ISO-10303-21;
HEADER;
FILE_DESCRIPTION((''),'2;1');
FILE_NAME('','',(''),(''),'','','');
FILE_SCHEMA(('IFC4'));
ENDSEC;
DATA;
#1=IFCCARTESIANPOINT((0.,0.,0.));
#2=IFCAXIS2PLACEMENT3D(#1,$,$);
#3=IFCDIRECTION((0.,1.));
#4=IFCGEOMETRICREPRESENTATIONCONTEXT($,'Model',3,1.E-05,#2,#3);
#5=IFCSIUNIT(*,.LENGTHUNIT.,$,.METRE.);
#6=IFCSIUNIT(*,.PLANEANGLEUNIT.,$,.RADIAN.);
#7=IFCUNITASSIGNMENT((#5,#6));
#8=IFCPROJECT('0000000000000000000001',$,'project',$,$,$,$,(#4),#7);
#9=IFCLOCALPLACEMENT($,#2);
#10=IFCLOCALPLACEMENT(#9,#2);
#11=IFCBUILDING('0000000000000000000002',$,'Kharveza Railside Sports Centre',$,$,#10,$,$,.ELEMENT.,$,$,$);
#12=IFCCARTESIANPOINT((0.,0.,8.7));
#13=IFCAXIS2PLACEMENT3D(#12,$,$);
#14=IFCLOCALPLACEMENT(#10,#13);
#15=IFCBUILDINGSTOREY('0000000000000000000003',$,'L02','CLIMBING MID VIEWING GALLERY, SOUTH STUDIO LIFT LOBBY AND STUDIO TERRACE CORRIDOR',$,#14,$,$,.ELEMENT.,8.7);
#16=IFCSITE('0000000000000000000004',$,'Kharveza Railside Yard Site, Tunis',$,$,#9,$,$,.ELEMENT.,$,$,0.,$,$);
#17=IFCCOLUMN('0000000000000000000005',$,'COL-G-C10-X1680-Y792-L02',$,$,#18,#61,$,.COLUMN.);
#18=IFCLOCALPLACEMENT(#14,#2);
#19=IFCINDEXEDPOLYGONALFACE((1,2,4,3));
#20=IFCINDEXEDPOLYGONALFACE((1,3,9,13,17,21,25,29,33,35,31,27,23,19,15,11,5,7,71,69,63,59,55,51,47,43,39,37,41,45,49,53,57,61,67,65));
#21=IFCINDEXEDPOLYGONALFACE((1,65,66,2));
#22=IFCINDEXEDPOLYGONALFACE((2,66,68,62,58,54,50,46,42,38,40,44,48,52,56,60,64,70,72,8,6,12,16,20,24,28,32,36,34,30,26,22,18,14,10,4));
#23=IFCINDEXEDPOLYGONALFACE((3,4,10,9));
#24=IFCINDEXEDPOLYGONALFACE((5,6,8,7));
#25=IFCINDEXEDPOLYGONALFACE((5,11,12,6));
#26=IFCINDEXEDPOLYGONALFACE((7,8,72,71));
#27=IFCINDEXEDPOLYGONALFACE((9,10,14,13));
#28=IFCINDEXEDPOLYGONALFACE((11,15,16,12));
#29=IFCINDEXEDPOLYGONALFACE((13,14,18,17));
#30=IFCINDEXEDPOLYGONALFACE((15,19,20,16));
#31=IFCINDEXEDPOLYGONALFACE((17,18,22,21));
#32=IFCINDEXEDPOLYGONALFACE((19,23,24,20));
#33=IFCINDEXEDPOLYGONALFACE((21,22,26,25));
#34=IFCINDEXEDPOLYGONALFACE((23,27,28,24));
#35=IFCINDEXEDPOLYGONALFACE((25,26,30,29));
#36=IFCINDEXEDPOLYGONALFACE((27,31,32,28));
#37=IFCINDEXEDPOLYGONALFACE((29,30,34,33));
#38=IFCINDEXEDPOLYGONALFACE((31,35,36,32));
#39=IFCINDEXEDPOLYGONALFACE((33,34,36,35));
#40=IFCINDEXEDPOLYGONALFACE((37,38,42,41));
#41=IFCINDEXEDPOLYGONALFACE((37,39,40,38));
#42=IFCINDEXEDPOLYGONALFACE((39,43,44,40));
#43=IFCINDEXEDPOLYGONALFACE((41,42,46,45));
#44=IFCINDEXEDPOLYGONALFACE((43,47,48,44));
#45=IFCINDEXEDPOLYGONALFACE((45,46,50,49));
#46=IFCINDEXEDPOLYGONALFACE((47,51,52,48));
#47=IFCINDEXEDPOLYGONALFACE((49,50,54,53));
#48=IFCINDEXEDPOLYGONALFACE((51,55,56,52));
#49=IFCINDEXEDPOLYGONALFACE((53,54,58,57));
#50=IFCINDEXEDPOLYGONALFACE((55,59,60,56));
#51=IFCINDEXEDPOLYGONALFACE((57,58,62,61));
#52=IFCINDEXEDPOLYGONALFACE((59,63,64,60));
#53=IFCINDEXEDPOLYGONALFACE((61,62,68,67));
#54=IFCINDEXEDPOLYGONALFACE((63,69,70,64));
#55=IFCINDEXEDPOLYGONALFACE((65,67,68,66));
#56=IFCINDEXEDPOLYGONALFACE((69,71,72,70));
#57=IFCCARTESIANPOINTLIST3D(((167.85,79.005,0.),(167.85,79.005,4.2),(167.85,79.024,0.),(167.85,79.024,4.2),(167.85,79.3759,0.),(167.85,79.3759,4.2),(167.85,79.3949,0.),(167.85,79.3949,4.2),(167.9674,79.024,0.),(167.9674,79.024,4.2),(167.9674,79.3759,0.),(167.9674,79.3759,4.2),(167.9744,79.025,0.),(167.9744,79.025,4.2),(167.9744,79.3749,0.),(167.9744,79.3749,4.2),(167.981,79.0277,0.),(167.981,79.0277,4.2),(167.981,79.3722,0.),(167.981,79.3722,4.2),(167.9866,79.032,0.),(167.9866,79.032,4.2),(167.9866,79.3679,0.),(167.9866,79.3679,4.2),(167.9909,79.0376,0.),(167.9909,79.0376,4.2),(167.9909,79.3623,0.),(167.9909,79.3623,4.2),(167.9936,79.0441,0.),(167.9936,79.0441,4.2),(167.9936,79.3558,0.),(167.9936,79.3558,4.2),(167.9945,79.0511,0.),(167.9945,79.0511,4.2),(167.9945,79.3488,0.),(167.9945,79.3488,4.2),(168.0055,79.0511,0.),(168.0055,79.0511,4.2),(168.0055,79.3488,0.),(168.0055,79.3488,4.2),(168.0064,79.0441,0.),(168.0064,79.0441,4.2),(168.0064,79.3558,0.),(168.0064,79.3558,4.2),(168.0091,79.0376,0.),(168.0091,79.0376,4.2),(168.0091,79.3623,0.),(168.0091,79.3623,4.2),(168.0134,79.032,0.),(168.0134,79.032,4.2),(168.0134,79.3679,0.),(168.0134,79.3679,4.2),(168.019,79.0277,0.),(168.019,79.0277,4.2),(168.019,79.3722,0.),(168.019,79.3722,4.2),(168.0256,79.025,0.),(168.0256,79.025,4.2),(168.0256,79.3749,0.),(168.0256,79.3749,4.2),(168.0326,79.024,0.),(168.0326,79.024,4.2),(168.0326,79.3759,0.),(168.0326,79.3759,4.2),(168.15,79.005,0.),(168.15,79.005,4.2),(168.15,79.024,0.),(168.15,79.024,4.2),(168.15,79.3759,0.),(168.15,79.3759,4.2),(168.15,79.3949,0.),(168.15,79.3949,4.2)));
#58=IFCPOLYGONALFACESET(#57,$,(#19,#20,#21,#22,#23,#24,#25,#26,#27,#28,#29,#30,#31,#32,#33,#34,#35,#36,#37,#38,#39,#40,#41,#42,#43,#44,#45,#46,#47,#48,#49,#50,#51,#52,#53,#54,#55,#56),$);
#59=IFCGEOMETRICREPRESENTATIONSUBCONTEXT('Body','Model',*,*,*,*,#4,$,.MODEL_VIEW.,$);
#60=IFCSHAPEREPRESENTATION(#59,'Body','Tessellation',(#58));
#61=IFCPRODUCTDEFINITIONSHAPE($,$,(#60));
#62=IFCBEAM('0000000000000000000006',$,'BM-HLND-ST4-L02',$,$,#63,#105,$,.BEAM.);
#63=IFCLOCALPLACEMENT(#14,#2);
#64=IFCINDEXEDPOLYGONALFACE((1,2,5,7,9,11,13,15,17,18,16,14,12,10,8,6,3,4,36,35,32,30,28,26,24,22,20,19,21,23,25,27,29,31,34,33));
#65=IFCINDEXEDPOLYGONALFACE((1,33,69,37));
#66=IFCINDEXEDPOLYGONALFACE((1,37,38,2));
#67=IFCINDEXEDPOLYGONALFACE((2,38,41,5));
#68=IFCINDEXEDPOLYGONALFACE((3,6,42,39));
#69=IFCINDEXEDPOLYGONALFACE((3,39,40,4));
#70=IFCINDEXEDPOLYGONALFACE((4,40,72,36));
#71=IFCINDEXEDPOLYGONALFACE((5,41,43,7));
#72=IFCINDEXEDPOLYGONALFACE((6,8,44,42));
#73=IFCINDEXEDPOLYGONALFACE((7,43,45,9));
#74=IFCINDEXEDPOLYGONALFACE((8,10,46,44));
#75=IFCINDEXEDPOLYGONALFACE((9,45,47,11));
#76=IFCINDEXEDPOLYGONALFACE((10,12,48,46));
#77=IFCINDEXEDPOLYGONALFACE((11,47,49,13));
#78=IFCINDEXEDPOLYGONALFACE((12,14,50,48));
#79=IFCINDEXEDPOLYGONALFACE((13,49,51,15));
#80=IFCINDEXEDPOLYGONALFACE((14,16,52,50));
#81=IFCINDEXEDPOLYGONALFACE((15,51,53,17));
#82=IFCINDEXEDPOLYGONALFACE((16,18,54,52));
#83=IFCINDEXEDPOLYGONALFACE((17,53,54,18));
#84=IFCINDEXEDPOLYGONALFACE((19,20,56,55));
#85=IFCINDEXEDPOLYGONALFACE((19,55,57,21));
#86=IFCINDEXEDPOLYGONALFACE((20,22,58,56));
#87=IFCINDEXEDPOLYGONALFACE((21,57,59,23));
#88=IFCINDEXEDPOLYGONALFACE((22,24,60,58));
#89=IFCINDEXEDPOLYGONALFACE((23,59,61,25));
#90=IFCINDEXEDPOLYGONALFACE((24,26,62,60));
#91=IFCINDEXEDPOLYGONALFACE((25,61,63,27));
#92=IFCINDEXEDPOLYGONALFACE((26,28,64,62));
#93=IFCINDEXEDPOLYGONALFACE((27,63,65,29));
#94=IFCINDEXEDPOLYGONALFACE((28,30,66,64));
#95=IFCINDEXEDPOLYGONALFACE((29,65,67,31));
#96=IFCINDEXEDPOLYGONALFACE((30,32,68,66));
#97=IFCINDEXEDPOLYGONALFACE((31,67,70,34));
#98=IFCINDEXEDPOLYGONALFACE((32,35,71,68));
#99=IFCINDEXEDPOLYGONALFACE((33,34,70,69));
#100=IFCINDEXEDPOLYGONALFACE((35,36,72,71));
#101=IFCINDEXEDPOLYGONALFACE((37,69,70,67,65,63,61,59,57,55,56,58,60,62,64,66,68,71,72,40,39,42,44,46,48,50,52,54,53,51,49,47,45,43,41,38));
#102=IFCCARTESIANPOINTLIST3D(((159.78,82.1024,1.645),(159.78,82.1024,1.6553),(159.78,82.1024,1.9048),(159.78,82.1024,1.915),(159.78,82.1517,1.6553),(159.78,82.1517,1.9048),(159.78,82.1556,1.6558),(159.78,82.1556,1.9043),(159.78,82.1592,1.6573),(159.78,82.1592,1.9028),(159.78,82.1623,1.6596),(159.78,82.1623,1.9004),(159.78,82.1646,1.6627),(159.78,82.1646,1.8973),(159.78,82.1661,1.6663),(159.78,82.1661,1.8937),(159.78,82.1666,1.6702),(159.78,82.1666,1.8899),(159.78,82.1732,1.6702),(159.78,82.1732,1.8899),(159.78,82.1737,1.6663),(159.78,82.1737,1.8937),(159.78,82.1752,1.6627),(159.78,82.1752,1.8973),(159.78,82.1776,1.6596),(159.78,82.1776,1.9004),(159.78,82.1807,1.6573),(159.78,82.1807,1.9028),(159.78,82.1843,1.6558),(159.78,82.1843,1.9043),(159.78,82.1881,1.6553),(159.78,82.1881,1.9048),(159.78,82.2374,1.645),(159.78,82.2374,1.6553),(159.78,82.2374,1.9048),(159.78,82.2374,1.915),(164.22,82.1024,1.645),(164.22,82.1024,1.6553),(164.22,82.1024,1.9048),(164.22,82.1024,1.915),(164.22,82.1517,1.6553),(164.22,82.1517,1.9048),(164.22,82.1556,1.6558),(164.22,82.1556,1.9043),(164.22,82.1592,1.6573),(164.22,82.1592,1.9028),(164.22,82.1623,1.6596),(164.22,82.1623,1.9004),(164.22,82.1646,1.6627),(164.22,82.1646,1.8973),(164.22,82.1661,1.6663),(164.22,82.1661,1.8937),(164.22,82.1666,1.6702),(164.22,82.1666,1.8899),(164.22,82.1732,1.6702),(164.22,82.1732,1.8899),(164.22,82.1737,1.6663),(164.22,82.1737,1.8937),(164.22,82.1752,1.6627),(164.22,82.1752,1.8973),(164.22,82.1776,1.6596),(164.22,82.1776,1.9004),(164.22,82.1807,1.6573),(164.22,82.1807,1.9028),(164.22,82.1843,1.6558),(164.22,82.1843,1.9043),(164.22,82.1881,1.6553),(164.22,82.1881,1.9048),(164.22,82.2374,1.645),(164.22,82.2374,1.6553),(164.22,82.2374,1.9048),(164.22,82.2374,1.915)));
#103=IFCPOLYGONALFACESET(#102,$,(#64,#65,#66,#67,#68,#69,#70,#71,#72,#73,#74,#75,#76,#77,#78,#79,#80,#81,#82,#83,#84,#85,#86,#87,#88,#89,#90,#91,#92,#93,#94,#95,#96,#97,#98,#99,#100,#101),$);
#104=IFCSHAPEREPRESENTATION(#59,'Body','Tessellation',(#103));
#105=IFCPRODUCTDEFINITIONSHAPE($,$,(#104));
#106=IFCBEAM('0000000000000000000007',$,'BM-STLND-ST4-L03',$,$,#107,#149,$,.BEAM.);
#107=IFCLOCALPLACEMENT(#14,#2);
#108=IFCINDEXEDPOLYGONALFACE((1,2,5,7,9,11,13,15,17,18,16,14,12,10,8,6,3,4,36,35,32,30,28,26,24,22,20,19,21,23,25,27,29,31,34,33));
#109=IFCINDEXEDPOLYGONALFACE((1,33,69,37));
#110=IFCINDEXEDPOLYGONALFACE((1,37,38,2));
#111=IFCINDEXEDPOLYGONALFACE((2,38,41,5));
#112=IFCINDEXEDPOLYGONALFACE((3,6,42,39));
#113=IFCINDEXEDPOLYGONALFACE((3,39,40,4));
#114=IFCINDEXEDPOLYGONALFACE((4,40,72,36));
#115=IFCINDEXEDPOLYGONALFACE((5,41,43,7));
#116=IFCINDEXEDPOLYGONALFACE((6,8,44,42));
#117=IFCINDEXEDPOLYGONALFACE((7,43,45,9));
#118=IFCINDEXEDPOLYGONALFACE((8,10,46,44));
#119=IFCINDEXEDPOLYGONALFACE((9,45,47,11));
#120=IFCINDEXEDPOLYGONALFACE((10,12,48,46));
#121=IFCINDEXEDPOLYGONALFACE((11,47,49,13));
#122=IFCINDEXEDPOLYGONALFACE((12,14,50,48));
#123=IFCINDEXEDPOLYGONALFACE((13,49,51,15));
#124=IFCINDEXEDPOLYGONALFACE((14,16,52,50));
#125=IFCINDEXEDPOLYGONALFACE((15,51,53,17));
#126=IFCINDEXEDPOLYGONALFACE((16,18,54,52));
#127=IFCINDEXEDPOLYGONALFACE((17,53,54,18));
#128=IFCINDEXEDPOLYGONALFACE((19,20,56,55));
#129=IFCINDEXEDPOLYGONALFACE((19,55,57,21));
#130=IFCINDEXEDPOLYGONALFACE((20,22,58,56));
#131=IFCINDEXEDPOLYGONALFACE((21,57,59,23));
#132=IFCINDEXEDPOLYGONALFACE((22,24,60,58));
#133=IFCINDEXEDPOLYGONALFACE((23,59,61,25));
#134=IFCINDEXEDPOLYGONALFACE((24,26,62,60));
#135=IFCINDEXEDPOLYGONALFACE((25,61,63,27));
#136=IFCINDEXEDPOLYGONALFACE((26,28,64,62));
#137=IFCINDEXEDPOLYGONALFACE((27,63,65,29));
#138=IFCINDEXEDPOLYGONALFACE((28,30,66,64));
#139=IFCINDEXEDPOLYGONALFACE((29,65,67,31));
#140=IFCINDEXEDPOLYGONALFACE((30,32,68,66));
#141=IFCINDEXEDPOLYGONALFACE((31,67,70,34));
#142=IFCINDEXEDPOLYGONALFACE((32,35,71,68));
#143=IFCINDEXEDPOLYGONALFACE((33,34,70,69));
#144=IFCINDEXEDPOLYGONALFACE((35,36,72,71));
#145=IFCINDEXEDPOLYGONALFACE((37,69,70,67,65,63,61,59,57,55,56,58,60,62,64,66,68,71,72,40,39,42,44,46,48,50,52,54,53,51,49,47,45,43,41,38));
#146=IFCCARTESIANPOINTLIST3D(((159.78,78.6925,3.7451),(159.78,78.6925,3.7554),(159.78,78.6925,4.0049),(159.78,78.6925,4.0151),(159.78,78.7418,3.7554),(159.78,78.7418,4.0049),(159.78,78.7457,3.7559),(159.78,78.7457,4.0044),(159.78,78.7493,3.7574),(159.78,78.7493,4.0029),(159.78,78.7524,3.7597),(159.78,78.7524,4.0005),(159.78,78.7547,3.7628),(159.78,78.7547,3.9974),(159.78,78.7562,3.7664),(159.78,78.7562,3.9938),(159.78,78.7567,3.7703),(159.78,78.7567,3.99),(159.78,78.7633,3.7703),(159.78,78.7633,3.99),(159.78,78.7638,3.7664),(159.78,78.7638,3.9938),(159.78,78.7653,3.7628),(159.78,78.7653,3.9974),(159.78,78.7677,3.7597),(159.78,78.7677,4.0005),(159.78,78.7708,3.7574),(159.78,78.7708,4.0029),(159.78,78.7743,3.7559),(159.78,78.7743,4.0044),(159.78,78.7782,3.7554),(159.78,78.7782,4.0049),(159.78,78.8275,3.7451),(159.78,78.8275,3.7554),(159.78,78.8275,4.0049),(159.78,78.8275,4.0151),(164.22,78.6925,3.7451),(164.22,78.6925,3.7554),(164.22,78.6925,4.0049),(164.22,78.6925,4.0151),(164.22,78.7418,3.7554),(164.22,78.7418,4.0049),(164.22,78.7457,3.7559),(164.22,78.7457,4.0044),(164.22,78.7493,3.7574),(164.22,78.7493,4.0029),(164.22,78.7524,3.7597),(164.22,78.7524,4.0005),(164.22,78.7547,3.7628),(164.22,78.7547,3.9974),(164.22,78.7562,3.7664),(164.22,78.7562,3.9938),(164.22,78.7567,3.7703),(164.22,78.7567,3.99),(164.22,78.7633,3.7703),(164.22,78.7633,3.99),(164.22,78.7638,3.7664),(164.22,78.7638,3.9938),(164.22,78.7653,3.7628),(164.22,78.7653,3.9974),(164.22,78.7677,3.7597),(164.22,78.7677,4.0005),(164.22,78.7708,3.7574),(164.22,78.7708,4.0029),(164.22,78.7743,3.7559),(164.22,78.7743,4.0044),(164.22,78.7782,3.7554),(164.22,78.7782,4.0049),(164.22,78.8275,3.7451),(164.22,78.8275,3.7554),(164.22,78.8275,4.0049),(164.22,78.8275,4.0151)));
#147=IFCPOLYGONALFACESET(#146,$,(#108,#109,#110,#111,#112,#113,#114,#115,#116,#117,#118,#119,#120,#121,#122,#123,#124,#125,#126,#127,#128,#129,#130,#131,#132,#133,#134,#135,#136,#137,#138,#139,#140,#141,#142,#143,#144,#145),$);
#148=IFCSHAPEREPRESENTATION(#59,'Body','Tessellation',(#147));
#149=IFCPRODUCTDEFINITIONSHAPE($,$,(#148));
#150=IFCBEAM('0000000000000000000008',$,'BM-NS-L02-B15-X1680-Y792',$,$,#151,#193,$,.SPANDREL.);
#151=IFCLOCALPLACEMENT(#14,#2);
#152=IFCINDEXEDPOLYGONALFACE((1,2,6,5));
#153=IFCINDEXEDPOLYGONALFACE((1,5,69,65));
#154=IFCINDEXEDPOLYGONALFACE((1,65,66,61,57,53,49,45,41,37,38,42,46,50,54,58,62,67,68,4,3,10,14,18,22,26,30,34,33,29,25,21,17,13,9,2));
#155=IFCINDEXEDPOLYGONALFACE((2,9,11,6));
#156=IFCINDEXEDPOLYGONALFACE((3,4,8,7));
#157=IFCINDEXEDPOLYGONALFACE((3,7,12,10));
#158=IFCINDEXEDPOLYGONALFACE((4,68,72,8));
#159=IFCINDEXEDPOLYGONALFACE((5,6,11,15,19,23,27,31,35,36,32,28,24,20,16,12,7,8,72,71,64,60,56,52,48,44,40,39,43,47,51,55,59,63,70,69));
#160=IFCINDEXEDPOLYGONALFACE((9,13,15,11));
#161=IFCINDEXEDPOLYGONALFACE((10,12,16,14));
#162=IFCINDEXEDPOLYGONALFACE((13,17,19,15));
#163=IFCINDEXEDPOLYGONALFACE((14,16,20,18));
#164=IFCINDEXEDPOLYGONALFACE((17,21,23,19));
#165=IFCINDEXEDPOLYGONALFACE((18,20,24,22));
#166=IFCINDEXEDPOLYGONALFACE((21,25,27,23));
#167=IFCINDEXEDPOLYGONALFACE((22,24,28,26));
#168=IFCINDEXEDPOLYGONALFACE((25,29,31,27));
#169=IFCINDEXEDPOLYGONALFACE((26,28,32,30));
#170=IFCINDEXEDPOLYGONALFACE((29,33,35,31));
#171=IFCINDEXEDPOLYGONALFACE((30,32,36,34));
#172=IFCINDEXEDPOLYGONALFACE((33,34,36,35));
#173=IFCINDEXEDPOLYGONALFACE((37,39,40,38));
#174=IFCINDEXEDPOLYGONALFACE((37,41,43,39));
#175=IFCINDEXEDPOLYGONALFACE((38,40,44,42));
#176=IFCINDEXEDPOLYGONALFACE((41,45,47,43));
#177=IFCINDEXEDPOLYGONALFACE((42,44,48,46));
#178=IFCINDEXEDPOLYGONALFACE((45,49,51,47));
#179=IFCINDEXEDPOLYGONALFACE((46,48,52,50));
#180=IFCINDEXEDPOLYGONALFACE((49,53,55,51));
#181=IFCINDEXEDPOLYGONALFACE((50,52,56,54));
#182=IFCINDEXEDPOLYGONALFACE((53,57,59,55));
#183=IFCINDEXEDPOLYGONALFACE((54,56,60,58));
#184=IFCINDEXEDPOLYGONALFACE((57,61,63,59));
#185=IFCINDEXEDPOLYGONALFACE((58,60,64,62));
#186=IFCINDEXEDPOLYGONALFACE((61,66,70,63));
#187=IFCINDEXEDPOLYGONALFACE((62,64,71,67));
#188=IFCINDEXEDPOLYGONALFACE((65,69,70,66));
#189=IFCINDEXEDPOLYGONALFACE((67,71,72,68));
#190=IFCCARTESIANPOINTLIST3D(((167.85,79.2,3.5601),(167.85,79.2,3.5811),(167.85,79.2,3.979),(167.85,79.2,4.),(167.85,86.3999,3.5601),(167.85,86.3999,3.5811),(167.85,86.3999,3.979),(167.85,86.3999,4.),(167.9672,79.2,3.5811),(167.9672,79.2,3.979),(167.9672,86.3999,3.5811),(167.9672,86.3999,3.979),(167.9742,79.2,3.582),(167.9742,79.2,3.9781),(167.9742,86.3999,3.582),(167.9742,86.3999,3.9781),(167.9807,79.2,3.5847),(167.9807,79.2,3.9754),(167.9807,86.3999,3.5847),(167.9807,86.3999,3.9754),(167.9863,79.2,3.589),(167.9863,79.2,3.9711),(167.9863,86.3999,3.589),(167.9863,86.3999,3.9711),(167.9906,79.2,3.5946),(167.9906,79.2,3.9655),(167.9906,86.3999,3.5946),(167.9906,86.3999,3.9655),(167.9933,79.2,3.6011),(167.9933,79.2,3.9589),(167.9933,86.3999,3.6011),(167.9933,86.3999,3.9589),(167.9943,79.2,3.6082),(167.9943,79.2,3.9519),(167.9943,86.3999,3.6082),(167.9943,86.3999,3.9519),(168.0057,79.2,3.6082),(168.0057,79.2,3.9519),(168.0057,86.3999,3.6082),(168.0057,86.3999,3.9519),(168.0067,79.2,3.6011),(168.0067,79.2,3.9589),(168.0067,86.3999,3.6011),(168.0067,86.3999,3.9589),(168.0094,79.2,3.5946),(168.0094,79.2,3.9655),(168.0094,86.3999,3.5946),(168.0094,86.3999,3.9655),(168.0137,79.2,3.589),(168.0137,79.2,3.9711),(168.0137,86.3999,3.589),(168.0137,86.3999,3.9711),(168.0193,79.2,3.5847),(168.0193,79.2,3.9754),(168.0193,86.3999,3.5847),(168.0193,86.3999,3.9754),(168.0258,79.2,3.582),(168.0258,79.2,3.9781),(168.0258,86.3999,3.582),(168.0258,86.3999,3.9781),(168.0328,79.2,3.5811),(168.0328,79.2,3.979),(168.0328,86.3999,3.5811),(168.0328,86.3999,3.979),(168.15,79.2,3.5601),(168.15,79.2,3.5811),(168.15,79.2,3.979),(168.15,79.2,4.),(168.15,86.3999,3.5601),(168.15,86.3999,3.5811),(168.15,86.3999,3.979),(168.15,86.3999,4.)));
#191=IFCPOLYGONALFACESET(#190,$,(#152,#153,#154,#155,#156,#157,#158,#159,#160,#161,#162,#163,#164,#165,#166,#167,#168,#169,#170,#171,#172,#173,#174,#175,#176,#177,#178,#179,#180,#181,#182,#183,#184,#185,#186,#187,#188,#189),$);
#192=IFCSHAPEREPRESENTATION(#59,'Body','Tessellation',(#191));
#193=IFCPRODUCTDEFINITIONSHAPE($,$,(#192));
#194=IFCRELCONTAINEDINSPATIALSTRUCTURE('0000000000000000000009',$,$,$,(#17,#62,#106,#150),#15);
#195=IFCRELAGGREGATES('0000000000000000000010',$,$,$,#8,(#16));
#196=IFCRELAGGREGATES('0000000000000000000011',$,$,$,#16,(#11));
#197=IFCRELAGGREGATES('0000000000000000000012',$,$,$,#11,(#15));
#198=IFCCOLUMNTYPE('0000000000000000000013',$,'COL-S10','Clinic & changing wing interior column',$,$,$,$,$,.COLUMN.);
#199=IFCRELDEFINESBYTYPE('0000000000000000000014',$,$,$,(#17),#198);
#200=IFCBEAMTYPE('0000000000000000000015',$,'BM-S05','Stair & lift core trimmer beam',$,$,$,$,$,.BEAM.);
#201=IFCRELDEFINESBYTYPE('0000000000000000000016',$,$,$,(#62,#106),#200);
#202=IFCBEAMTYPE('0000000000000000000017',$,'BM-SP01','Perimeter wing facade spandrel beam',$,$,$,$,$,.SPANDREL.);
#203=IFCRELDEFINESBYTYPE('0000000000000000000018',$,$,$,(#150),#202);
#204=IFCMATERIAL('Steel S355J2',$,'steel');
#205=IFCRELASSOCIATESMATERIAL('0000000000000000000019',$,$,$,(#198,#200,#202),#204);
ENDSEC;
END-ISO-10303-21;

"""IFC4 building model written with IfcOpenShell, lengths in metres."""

from ifc_helpers import new_model, si_unit, direction, frame, origin, origin_2d, place, context, subcontext, project, spatial, i_section, extrude, material, material_profile, profile_set, type_object, element, save


model = new_model("IFC4")

# Units and contexts
model_context = context("Model", 3, precision=1e-05, world=origin(), true_north=direction((0.0, 1.0)))
body_context = subcontext(model_context, "Body", "Model", "MODEL_VIEW")
ifc_project = project(units=[si_unit("LENGTHUNIT", "METRE"), si_unit("PLANEANGLEUNIT", "RADIAN")], contexts=[model_context])

# Site, building, storey
site_placement = place(None, origin())
site = spatial("IfcSite", under=ifc_project, at=site_placement, Name="Kharveza Railside Yard Site, Tunis", CompositionType="ELEMENT", RefElevation=0.0)
building_placement = place(site_placement, origin())
building = spatial("IfcBuilding", under=site, at=building_placement, Name="Kharveza Railside Sports Centre", CompositionType="ELEMENT")
storey_placement = place(building_placement, frame((0.0, 0.0, 8.7)))
storey = spatial("IfcBuildingStorey", under=building, at=storey_placement, Name="L02", Description="CLIMBING MID VIEWING GALLERY, SOUTH STUDIO LIFT LOBBY AND STUDIO TERRACE CORRIDOR", CompositionType="ELEMENT", Elevation=8.7)

# Column
ifc_material_1 = material(Name="Steel S355J2", Category="steel")
ifc_material_profile_1 = material_profile(ifc_material_1, i_section(OverallWidth=0.3, OverallDepth=0.3899, WebThickness=0.011, FlangeThickness=0.019, FilletRadius=0.0271, at=origin_2d()), Name="HEA 400")
ifc_profile_set_1 = profile_set([ifc_material_profile_1], Name="Steel S355J2")
column_type = type_object("IfcColumnType", Name="COL-S10", Description="Clinic & changing wing interior column", PredefinedType="COLUMN", material=ifc_profile_set_1)
column_placement = place(storey_placement, frame((168.0, 79.2, 0.0), z_axis=(0.0, 0.0, 1.0), x_axis=(1.0, 0.0, 0.0)))
element("IfcColumn", 1, at=column_placement, inside=storey, type_object=column_type, Name="COL-G-C10-X1680-Y792-L02", PredefinedType="COLUMN", context=body_context, shape_type="SweptSolid", body=[
    extrude(i_section(OverallWidth=0.3, OverallDepth=0.3899, WebThickness=0.011, FlangeThickness=0.019, FilletRadius=0.0271, at=origin_2d()), origin(), (0.0, 0.0, 1.0), 4.2),
])

# Beams
ifc_material_profile_2 = material_profile(ifc_material_1, i_section(OverallWidth=0.135, OverallDepth=0.27, WebThickness=0.0066, FlangeThickness=0.0103, FilletRadius=0.0149, at=origin_2d()), Name="IPE 270")
ifc_profile_set_2 = profile_set([ifc_material_profile_2], Name="Steel S355J2")
beam_type_1 = type_object("IfcBeamType", Name="BM-S05", Description="Stair & lift core trimmer beam", PredefinedType="BEAM", material=ifc_profile_set_2)
for number, where, z_axis, x_axis, name in (
    (2, (159.78, 82.1699, 1.78), (1.0, 0.0, 0.0), (0.0, 1.0, 0.0), "BM-HLND-ST4-L02"),
    (3, (159.78, 78.76, 3.8801), (1.0, 0.0, 0.0), (0.0, 1.0, 0.0), "BM-STLND-ST4-L03"),
):
    element("IfcBeam", number, at=place(storey_placement, frame(where, z_axis=z_axis, x_axis=x_axis)), inside=storey, type_object=beam_type_1, Name=name, PredefinedType="BEAM", context=body_context, shape_type="SweptSolid", body=[
        extrude(i_section(OverallWidth=0.135, OverallDepth=0.27, WebThickness=0.0066, FlangeThickness=0.0103, FilletRadius=0.0149, at=origin_2d()), origin(), (0.0, 0.0, 1.0), 4.4399),
    ])
ifc_material_profile_3 = material_profile(ifc_material_1, i_section(OverallWidth=0.3, OverallDepth=0.4399, WebThickness=0.0115, FlangeThickness=0.021, FilletRadius=0.0271, at=origin_2d()), Name="HEA 450")
ifc_profile_set_3 = profile_set([ifc_material_profile_3], Name="Steel S355J2")
beam_type_2 = type_object("IfcBeamType", Name="BM-SP01", Description="Perimeter wing facade spandrel beam", PredefinedType="SPANDREL", material=ifc_profile_set_3)
beam_placement = place(storey_placement, frame((168.0, 79.2, 3.78), z_axis=(0.0, 1.0, 0.0), x_axis=(-1.0, 0.0, 0.0)))
element("IfcBeam", 4, at=beam_placement, inside=storey, type_object=beam_type_2, Name="BM-NS-L02-B15-X1680-Y792", PredefinedType="SPANDREL", context=body_context, shape_type="SweptSolid", body=[
    extrude(i_section(OverallWidth=0.3, OverallDepth=0.4399, WebThickness=0.0115, FlangeThickness=0.021, FilletRadius=0.0271, at=origin_2d()), origin(), (0.0, 0.0, 1.0), 7.2),
])

save(model, "model.ifc")
